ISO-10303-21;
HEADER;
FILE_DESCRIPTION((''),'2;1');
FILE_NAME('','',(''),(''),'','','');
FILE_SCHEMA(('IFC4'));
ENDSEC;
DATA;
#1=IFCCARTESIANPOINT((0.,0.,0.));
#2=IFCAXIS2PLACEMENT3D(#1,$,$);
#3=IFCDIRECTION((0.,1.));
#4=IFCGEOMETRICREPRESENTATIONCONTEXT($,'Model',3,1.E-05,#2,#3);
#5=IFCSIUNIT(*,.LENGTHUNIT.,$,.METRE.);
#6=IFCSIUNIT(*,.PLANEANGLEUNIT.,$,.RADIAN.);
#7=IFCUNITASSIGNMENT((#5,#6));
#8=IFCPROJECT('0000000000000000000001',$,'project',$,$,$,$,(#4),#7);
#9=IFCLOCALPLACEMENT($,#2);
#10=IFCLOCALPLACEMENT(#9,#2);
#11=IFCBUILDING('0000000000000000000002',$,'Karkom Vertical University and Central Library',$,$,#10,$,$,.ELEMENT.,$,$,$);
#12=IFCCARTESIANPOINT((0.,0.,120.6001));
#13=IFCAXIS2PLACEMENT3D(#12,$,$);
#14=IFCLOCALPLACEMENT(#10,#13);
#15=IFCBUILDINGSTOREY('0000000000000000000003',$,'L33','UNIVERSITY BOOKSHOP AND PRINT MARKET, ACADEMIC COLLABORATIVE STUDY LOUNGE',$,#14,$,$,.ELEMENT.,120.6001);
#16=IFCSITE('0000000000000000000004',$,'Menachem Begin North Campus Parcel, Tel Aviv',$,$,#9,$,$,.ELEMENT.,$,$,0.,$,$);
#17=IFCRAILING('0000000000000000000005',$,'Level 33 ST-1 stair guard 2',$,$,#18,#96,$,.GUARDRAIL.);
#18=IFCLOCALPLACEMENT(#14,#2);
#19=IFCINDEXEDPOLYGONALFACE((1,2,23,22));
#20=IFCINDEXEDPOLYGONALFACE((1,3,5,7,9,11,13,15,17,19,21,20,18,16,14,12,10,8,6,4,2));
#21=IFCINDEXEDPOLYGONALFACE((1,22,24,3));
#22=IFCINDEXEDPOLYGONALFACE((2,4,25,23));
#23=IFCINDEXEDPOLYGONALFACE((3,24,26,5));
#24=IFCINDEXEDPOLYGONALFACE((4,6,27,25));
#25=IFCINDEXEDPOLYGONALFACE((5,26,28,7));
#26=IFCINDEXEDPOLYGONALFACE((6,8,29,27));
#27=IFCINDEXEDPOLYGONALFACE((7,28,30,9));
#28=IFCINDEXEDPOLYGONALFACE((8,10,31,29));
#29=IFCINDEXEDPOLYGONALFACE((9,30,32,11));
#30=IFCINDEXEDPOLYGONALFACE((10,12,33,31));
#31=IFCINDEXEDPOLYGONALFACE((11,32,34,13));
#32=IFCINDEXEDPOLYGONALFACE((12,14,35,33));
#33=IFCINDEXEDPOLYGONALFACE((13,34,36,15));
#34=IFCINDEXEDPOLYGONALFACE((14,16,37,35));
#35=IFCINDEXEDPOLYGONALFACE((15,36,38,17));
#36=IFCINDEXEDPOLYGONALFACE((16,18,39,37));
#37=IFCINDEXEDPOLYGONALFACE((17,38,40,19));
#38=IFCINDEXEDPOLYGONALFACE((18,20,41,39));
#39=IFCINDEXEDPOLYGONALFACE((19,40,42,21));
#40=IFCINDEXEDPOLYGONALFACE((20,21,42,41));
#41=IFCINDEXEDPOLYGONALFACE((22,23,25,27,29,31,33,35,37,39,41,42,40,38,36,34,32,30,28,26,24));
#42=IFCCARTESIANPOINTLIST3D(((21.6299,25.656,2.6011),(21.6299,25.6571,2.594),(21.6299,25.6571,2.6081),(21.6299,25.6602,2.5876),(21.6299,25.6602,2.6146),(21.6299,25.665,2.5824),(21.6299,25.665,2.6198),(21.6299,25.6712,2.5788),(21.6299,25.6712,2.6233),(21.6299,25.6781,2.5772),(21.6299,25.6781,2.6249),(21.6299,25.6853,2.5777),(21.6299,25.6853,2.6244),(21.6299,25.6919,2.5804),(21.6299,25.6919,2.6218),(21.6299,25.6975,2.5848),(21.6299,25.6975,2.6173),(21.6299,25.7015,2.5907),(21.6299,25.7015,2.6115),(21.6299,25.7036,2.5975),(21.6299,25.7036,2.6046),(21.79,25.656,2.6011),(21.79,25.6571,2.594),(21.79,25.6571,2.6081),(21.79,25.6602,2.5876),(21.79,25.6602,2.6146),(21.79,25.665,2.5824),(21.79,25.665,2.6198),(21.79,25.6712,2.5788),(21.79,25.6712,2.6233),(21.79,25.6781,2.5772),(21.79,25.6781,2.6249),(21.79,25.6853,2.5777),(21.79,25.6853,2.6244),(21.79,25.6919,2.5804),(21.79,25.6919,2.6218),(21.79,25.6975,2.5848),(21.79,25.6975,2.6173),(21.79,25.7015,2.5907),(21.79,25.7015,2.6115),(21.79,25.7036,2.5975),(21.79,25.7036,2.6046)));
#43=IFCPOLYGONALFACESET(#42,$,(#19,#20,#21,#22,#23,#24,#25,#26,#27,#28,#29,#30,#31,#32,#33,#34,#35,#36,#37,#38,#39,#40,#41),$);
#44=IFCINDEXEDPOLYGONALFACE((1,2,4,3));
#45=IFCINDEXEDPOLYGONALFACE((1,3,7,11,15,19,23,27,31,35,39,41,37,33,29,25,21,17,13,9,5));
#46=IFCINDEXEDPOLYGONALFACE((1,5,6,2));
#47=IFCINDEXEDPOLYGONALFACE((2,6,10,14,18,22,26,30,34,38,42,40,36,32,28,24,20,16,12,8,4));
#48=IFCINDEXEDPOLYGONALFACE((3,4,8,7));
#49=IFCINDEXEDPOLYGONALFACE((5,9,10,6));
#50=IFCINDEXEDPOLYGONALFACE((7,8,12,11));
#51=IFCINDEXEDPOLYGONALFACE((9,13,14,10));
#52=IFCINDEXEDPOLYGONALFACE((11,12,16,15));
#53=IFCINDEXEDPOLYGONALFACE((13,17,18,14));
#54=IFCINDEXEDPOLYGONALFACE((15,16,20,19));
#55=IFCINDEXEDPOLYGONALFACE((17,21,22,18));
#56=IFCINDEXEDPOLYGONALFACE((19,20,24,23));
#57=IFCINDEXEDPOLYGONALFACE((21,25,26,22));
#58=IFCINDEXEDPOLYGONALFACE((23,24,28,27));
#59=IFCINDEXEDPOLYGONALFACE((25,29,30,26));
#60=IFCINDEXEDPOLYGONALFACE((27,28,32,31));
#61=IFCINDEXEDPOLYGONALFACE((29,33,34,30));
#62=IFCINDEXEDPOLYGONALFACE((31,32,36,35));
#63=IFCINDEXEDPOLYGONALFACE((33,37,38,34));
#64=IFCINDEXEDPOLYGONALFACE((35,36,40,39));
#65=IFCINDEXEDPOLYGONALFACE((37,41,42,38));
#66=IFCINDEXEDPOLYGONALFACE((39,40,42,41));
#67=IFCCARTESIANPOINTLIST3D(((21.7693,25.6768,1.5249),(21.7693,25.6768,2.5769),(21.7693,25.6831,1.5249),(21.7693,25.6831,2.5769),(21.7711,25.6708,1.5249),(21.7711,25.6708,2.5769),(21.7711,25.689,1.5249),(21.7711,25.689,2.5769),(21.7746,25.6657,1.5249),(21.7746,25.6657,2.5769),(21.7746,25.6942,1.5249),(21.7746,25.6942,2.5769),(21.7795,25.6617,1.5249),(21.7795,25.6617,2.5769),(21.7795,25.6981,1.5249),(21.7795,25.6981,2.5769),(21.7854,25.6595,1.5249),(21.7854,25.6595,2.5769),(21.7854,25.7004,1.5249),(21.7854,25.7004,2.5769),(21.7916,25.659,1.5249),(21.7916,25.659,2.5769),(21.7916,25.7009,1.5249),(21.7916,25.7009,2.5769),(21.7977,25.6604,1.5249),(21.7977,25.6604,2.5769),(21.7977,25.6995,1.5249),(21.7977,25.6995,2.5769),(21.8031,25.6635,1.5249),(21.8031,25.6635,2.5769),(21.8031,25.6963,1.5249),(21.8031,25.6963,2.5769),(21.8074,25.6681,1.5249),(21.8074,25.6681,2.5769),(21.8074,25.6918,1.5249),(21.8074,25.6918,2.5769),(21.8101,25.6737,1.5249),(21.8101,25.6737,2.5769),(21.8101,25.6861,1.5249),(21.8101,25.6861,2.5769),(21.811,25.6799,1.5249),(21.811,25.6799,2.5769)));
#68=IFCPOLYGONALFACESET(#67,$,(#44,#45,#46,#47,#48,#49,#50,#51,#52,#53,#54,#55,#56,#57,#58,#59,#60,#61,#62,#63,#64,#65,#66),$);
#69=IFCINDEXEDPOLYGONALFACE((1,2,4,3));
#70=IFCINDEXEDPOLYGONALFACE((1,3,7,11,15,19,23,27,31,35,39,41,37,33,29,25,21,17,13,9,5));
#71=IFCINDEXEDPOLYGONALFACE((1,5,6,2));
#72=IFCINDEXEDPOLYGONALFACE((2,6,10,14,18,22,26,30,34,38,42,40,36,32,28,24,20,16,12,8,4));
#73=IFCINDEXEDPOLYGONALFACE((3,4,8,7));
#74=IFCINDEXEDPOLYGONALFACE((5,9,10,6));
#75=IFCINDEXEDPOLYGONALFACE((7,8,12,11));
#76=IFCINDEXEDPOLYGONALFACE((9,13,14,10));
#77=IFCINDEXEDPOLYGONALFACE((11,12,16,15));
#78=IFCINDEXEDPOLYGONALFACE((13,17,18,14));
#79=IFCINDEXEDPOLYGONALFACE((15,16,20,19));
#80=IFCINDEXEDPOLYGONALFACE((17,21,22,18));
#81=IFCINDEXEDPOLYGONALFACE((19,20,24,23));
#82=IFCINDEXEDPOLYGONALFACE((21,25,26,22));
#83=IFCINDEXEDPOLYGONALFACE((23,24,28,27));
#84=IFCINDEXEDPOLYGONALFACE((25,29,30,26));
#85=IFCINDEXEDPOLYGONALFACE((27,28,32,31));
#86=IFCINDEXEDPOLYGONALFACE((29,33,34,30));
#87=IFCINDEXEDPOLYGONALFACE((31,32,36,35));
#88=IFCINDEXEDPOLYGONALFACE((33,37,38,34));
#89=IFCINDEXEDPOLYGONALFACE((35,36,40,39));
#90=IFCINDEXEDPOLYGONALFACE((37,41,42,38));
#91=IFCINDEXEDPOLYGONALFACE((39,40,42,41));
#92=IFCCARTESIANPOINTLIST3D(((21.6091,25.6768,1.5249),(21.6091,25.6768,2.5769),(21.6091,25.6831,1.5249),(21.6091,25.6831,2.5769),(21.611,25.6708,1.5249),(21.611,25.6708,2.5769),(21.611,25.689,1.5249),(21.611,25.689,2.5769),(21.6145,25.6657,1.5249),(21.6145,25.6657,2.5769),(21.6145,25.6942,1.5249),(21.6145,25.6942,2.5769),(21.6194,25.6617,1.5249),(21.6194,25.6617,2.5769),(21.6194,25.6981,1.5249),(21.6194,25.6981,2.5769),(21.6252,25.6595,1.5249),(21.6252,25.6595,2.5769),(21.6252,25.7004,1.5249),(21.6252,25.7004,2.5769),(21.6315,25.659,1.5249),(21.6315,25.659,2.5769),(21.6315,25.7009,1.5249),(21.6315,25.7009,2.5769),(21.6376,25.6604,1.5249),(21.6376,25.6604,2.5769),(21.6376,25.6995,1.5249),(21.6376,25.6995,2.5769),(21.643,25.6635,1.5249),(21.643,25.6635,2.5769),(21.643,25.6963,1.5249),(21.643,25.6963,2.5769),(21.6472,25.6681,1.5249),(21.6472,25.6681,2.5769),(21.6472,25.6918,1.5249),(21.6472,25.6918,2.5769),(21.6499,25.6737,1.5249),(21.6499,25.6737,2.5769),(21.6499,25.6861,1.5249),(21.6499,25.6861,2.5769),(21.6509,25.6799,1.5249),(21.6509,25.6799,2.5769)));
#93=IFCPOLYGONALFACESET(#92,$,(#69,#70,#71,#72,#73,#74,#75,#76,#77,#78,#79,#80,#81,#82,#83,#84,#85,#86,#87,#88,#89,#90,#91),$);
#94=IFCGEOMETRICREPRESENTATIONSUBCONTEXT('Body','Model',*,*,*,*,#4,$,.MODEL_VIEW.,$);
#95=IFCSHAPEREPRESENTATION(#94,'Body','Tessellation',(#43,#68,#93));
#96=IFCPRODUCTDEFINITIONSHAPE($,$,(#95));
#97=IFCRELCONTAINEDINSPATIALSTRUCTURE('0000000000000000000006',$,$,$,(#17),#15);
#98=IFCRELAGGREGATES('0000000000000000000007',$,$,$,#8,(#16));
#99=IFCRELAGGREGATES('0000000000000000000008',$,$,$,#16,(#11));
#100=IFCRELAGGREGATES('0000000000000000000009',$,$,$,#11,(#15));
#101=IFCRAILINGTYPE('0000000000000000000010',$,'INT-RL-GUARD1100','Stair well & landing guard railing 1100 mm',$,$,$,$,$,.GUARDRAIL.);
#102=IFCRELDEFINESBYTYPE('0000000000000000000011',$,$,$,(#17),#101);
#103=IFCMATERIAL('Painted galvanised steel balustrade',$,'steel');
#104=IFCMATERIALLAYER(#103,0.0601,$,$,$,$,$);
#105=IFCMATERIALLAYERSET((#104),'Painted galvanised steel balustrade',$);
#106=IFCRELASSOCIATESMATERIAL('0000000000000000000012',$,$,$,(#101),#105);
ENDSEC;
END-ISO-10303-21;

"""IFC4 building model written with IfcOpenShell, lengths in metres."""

from ifc_helpers import new_model, si_unit, direction, frame, origin, origin_2d, place, context, subcontext, project, spatial, circle, extrude, material, layer, layer_set, type_object, element, save


model = new_model("IFC4")

# Units and contexts
model_context = context("Model", 3, precision=1e-05, world=origin(), true_north=direction((0.0, 1.0)))
body_context = subcontext(model_context, "Body", "Model", "MODEL_VIEW")
ifc_project = project(units=[si_unit("LENGTHUNIT", "METRE"), si_unit("PLANEANGLEUNIT", "RADIAN")], contexts=[model_context])

# Site, building, storey
site_placement = place(None, origin())
site = spatial("IfcSite", under=ifc_project, at=site_placement, Name="Menachem Begin North Campus Parcel, Tel Aviv", CompositionType="ELEMENT", RefElevation=0.0)
building_placement = place(site_placement, origin())
building = spatial("IfcBuilding", under=site, at=building_placement, Name="Karkom Vertical University and Central Library", CompositionType="ELEMENT")
storey_placement = place(building_placement, frame((0.0, 0.0, 120.6001)))
storey = spatial("IfcBuildingStorey", under=building, at=storey_placement, Name="L33", Description="UNIVERSITY BOOKSHOP AND PRINT MARKET, ACADEMIC COLLABORATIVE STUDY LOUNGE", CompositionType="ELEMENT", Elevation=120.6001)

# Railing
ifc_material_1 = material(Name="Painted galvanised steel balustrade", Category="steel")
ifc_layer_1 = layer(ifc_material_1, 0.0601)
ifc_layer_set_1 = layer_set([ifc_layer_1], Name="Painted galvanised steel balustrade")
railing_type_1 = type_object("IfcRailingType", Name="INT-RL-GUARD1100", Description="Stair well & landing guard railing 1100 mm", PredefinedType="GUARDRAIL", material=ifc_layer_set_1)
railing_1_placement = place(storey_placement, frame((21.79, 25.6799, 1.5249)))
element("IfcRailing", 1, at=railing_1_placement, inside=storey, type_object=railing_type_1, Name="Level 33 ST-1 stair guard 2", PredefinedType="GUARDRAIL", context=body_context, shape_type="SweptSolid", body=[
    extrude(circle(Radius=0.0239, at=origin_2d()), frame((0.0, 0.0, 1.0762), z_axis=(-1.0, 0.0, 0.0), x_axis=(0.0, -1.0, 0.0)), (0.0, 0.0, 1.0), 0.1602),
    extrude(circle(Radius=0.021, at=origin_2d()), origin(), (0.0, 0.0, 1.0), 1.052),
    extrude(circle(Radius=0.021, at=origin_2d()), frame((-0.1602, 0.0, 0.0)), (0.0, 0.0, 1.0), 1.052),
])

save(model, "model.ifc")
